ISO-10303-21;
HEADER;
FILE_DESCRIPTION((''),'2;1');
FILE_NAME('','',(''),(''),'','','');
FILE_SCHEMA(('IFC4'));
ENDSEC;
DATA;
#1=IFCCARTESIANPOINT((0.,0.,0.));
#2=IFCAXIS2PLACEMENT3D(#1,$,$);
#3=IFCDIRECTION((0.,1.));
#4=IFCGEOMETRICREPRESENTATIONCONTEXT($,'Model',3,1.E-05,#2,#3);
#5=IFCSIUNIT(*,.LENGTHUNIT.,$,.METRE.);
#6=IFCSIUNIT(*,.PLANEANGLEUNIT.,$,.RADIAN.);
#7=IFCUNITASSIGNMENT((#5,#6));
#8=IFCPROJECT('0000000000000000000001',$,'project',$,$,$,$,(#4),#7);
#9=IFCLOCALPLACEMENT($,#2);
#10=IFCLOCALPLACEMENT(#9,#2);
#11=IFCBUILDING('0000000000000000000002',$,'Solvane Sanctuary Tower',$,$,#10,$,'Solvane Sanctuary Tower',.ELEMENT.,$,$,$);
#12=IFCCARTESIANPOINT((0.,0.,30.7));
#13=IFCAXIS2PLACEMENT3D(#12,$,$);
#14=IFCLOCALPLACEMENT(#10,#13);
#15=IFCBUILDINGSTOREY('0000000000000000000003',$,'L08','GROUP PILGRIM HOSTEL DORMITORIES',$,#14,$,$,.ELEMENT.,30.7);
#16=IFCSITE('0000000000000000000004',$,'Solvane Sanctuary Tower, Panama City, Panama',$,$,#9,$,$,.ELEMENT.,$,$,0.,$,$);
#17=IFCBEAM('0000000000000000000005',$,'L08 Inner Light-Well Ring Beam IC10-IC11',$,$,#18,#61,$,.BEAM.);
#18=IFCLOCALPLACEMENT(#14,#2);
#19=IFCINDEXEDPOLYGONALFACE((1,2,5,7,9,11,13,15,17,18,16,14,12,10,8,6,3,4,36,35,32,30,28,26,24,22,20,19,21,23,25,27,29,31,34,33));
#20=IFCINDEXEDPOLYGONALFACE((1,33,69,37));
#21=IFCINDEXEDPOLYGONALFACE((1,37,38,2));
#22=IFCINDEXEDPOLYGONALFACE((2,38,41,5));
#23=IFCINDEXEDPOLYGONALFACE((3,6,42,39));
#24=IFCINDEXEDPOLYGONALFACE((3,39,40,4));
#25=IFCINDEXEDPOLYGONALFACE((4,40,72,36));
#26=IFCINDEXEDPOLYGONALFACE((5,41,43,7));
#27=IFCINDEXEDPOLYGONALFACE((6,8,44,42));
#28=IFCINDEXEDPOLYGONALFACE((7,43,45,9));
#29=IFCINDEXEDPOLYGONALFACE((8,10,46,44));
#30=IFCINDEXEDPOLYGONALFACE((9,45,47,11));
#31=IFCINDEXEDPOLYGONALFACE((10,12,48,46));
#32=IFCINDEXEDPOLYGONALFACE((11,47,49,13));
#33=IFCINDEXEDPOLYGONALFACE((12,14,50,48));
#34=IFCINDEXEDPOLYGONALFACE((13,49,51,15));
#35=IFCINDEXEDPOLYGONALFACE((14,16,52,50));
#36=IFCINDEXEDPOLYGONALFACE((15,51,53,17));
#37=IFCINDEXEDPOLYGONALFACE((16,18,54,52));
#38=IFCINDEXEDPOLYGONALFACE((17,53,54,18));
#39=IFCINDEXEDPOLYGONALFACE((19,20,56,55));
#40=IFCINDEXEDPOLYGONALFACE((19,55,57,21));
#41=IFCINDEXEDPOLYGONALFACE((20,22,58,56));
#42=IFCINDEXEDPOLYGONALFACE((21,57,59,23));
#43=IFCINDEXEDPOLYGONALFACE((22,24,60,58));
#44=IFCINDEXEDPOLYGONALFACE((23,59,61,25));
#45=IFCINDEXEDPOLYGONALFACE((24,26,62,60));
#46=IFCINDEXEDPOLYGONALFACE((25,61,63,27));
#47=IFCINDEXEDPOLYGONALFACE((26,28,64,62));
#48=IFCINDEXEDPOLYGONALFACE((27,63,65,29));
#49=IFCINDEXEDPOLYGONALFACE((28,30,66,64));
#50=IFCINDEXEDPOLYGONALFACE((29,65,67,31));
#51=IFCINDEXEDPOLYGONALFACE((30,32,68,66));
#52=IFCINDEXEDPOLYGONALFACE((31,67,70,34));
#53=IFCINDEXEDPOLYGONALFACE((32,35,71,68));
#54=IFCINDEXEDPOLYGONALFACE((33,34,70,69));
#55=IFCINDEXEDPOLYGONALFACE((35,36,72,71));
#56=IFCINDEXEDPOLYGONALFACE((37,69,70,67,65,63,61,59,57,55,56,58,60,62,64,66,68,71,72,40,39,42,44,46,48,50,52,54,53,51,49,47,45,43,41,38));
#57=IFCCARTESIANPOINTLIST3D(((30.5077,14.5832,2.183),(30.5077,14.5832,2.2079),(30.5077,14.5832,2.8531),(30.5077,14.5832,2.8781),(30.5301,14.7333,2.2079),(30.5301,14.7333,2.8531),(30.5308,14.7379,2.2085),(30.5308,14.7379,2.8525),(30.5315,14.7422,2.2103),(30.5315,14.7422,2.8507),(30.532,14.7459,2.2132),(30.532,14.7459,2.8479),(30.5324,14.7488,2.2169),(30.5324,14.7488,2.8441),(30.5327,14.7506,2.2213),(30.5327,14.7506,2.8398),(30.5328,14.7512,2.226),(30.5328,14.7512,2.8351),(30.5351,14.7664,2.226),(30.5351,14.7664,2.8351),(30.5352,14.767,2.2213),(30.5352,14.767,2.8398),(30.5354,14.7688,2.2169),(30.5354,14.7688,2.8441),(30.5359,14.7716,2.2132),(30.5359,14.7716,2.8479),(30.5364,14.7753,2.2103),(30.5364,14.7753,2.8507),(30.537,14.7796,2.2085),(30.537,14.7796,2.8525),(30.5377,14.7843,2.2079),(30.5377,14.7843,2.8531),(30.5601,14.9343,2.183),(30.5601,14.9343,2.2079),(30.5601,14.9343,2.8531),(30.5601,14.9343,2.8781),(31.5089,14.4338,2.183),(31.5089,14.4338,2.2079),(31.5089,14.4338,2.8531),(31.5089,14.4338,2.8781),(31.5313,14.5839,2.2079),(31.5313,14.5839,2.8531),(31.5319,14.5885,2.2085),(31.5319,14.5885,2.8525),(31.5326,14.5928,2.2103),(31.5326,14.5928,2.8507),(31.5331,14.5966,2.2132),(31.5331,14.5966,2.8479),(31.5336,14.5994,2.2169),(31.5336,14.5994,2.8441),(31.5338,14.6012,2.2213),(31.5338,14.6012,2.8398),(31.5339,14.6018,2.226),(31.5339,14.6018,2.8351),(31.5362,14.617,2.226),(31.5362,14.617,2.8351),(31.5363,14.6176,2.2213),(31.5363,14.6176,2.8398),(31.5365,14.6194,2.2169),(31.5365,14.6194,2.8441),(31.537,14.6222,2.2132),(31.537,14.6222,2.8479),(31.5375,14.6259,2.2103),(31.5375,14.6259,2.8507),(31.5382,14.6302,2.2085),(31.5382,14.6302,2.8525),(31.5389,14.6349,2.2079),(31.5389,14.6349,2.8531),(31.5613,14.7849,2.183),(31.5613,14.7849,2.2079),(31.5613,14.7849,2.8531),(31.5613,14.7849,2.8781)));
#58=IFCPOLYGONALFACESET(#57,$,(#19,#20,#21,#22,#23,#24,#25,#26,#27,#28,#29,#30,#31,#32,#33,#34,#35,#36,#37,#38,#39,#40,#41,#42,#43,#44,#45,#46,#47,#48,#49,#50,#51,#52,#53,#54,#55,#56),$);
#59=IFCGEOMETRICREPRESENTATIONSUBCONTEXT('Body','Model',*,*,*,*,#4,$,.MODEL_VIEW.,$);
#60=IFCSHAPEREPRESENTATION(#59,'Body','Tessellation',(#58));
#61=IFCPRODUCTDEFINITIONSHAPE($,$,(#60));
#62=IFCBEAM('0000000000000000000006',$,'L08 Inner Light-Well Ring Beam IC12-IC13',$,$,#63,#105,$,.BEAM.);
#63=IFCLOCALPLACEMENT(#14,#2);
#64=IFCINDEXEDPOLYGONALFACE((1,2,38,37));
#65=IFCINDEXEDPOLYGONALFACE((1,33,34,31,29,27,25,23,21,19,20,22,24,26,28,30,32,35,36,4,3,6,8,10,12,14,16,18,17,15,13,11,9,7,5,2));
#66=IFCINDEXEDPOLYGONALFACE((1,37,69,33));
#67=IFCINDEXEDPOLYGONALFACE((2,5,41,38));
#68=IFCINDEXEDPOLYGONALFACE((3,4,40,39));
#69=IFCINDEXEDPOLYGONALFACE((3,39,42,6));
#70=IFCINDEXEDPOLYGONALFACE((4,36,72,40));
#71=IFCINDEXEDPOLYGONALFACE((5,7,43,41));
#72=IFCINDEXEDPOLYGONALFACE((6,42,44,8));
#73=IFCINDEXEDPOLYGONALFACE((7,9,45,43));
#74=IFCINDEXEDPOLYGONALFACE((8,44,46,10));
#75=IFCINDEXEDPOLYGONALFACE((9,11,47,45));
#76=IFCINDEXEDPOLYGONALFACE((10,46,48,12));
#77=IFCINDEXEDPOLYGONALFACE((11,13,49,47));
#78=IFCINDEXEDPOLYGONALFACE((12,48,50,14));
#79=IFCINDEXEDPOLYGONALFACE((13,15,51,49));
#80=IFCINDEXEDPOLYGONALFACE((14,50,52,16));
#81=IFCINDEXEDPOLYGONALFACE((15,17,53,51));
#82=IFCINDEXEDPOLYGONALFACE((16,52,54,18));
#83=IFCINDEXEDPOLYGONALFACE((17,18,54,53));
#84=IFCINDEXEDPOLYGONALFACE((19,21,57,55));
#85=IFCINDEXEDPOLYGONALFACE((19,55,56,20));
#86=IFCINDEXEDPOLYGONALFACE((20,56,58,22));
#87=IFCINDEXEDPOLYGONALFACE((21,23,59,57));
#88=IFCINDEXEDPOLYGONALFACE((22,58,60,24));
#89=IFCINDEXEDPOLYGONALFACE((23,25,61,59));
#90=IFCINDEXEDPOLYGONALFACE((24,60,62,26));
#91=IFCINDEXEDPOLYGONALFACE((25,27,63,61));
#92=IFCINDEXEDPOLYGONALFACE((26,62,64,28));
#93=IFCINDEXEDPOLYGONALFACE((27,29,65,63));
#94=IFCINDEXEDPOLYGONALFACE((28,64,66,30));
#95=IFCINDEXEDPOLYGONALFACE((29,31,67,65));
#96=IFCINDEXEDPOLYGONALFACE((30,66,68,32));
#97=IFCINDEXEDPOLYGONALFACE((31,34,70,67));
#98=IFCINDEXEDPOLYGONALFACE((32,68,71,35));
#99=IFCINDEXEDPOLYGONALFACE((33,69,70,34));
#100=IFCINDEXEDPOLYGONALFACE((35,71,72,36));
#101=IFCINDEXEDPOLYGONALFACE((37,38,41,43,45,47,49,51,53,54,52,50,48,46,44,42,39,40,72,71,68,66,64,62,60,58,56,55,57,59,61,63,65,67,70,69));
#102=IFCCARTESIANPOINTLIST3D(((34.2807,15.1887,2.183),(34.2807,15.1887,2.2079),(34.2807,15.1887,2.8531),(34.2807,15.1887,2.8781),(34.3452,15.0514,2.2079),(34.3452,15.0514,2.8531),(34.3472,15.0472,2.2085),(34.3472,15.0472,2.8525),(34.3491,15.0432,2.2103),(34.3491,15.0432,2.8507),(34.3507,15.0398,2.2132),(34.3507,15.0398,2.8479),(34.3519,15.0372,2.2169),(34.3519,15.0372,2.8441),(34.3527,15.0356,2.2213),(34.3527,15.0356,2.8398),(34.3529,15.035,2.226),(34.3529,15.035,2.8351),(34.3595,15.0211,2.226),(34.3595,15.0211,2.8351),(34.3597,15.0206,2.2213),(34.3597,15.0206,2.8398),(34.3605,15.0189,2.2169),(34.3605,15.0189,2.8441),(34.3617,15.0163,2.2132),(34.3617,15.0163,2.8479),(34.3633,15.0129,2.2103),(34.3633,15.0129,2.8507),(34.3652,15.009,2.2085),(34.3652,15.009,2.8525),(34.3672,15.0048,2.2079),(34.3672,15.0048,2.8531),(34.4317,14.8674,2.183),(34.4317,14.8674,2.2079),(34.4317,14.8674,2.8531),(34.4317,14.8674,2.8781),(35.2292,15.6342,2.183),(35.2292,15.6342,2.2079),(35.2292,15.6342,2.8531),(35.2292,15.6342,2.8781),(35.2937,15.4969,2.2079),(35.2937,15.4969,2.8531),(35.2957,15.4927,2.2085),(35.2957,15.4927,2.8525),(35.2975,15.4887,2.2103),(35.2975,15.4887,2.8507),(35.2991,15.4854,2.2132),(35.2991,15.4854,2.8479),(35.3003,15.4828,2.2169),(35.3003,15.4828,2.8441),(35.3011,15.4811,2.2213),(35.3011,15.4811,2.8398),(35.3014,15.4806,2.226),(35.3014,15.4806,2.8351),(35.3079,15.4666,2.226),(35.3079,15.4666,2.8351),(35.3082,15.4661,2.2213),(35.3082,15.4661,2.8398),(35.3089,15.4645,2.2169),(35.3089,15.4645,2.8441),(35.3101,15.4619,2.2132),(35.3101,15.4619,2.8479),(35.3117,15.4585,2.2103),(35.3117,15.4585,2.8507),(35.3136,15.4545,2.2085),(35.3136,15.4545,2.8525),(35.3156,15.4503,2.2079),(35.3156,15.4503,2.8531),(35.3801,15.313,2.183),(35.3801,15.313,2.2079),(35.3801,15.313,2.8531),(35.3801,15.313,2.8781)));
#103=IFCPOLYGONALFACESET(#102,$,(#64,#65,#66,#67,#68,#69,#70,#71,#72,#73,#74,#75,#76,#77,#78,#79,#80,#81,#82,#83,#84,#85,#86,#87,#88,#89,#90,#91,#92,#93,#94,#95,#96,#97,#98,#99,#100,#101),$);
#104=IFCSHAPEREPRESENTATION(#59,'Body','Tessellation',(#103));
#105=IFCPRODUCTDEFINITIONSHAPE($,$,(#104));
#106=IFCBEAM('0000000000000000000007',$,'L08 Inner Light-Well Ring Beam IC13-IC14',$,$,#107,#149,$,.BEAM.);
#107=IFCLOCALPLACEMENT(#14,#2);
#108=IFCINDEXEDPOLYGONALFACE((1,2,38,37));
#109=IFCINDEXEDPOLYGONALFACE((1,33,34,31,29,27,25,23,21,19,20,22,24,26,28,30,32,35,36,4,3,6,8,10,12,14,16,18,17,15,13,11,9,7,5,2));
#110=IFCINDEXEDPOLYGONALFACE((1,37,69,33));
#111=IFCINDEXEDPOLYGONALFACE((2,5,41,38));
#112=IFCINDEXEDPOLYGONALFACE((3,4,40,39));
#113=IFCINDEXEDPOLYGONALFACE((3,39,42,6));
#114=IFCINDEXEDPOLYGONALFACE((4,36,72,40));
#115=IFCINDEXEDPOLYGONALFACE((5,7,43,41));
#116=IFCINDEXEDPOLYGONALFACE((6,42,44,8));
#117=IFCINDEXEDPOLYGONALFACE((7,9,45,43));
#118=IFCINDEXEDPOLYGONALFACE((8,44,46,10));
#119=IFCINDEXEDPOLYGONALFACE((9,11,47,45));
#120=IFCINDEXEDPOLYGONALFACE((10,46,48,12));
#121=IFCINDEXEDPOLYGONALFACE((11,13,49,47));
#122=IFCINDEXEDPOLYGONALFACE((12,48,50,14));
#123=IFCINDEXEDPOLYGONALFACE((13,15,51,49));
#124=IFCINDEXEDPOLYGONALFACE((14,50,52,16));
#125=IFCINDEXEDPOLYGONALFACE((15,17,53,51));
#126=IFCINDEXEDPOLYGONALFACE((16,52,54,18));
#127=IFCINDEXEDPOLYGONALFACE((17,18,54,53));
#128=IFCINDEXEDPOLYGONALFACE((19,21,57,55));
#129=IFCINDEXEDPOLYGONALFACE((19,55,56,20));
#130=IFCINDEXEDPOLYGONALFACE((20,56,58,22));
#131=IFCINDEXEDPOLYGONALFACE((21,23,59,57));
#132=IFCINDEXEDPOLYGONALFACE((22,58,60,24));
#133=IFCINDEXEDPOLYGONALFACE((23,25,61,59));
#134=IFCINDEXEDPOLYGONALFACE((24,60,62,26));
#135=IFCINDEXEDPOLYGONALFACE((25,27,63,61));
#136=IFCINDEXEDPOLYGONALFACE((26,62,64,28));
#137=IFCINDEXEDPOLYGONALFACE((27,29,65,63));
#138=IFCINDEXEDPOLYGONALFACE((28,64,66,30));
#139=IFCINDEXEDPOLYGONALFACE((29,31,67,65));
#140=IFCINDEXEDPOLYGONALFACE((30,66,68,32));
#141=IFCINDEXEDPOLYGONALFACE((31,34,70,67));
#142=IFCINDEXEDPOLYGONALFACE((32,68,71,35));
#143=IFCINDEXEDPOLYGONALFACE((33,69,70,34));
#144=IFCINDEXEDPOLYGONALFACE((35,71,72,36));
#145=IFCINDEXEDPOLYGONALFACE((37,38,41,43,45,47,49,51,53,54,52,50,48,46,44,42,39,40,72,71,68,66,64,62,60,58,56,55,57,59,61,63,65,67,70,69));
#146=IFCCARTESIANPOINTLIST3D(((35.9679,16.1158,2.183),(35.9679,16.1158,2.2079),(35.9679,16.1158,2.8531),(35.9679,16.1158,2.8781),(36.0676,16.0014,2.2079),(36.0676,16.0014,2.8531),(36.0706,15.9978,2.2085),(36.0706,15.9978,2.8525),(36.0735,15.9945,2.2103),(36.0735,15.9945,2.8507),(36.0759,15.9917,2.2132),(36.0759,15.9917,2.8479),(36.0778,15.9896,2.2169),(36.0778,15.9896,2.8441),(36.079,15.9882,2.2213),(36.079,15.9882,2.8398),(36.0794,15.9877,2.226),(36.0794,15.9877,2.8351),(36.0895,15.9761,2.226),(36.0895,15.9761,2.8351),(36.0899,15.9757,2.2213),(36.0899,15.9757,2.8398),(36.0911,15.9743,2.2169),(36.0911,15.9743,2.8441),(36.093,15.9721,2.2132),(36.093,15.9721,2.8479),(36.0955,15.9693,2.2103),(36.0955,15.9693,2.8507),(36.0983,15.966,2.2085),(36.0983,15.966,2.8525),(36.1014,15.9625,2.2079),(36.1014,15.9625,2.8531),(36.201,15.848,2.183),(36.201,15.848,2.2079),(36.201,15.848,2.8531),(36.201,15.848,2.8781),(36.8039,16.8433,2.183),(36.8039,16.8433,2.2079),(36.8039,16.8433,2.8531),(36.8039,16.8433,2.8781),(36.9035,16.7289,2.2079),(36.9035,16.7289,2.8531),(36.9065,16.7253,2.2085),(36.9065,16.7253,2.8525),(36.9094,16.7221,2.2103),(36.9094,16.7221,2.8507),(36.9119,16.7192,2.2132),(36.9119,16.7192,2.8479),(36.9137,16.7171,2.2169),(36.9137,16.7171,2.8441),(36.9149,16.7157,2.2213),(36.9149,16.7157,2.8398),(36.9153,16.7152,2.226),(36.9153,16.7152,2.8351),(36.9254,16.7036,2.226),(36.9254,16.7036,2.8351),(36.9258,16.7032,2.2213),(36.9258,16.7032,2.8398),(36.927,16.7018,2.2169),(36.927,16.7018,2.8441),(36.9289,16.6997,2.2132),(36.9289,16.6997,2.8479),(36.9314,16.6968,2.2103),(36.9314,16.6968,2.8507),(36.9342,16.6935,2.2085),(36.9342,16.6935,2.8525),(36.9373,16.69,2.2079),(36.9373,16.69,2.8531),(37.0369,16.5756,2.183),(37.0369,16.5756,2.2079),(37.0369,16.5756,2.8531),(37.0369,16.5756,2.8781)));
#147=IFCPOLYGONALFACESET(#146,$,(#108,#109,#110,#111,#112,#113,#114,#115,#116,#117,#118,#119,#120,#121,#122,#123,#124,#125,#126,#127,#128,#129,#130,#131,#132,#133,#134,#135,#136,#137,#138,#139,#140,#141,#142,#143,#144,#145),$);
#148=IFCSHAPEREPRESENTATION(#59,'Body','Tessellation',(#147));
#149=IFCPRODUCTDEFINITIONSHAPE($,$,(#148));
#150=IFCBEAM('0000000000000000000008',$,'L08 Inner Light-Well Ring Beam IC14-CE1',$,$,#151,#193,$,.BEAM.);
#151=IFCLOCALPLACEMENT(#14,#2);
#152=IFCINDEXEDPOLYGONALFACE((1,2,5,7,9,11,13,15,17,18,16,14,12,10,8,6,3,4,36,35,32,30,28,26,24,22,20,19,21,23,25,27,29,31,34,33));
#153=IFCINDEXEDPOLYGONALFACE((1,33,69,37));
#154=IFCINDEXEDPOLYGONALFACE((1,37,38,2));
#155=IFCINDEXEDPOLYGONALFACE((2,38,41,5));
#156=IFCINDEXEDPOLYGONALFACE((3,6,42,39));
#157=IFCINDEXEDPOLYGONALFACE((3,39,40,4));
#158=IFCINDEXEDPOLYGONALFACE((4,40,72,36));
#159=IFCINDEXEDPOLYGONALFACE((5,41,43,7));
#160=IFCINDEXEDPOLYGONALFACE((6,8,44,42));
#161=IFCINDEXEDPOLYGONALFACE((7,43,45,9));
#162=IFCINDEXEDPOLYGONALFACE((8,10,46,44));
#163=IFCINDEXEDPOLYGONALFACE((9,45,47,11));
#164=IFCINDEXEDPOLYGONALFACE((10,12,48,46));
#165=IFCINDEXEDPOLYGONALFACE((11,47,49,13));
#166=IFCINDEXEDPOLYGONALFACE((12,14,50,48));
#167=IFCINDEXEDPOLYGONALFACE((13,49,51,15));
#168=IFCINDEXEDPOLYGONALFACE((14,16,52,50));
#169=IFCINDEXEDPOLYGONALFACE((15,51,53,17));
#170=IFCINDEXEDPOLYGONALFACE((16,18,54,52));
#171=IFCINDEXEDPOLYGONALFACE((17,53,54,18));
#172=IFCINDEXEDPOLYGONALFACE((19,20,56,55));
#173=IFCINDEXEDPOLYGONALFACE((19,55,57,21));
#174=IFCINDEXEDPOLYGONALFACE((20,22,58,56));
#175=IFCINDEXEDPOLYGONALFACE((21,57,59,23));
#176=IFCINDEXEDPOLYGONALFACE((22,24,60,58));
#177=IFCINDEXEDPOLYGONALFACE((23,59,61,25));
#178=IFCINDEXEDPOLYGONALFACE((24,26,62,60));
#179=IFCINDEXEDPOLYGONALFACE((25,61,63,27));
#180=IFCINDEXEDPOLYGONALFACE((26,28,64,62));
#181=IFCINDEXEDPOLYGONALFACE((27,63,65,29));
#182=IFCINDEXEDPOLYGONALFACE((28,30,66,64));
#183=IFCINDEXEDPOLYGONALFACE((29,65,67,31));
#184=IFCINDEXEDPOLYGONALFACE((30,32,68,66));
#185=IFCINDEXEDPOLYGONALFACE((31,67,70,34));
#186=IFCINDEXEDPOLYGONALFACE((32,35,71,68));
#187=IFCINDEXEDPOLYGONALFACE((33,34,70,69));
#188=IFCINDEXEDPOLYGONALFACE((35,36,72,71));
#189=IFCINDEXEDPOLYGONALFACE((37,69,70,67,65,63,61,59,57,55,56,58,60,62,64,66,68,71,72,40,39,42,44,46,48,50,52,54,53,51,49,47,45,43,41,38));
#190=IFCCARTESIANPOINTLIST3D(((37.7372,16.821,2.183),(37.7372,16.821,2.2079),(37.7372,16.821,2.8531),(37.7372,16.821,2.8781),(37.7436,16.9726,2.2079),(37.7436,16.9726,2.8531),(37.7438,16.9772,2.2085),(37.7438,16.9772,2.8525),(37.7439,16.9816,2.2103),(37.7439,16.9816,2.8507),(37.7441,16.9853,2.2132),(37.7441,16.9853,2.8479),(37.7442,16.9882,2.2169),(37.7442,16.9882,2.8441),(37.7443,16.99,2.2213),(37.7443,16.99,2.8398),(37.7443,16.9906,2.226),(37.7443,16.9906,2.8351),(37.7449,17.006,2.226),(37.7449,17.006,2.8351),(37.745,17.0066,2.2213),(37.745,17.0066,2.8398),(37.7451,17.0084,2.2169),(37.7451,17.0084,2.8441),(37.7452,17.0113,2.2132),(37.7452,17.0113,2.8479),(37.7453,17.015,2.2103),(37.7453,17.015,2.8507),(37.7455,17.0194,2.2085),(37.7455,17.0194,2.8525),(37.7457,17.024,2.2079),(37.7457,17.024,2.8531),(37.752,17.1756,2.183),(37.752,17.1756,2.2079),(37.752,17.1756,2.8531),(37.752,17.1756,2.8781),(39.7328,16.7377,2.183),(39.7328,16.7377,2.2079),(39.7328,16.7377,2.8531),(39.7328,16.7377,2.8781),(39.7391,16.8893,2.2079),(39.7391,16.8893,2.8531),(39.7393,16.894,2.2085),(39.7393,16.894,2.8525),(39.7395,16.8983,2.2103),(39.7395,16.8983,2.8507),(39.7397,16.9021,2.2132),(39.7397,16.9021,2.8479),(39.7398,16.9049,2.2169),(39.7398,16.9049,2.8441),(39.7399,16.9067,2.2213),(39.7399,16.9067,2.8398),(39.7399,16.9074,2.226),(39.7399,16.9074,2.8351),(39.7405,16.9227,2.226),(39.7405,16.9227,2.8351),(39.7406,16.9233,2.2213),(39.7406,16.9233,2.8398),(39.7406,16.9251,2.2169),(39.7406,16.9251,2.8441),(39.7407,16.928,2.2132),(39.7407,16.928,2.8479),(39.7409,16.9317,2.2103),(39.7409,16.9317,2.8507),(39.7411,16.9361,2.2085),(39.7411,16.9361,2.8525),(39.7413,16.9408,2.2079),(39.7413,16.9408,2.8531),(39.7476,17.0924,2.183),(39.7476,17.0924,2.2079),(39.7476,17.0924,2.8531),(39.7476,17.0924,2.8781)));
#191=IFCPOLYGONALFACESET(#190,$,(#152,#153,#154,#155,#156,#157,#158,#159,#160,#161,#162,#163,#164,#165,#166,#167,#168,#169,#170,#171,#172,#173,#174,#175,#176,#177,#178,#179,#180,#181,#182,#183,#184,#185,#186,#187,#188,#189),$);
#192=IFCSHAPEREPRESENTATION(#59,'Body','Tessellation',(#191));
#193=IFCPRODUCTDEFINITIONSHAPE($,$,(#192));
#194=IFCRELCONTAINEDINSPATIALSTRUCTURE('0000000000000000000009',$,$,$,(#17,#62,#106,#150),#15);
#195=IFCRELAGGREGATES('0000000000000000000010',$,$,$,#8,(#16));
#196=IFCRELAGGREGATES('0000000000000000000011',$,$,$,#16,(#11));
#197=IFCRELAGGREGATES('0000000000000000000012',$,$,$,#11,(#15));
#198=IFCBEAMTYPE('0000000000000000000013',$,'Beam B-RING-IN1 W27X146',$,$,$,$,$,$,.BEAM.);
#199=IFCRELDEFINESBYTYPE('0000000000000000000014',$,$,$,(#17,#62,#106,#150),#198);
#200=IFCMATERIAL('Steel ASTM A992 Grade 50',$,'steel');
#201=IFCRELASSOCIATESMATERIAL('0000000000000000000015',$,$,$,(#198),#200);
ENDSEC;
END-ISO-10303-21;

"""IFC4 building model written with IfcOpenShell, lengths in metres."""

from ifc_helpers import new_model, si_unit, direction, frame, origin, origin_2d, place, context, subcontext, project, spatial, i_section, extrude, material, material_profile, profile_set, type_object, element, save


model = new_model("IFC4")

# Units and contexts
model_context = context("Model", 3, precision=1e-05, world=origin(), true_north=direction((0.0, 1.0)))
body_context = subcontext(model_context, "Body", "Model", "MODEL_VIEW")
ifc_project = project(units=[si_unit("LENGTHUNIT", "METRE"), si_unit("PLANEANGLEUNIT", "RADIAN")], contexts=[model_context])

# Site, building, storey
site_placement = place(None, origin())
site = spatial("IfcSite", under=ifc_project, at=site_placement, Name="Solvane Sanctuary Tower, Panama City, Panama", CompositionType="ELEMENT", RefElevation=0.0)
building_placement = place(site_placement, origin())
building = spatial("IfcBuilding", under=site, at=building_placement, Name="Solvane Sanctuary Tower", LongName="Solvane Sanctuary Tower", CompositionType="ELEMENT")
storey_placement = place(building_placement, frame((0.0, 0.0, 30.7)))
storey = spatial("IfcBuildingStorey", under=building, at=storey_placement, Name="L08", Description="GROUP PILGRIM HOSTEL DORMITORIES", CompositionType="ELEMENT", Elevation=30.7)

# Beams
ifc_material_1 = material(Name="Steel ASTM A992 Grade 50", Category="steel")
ifc_material_profile_1 = material_profile(ifc_material_1, i_section(OverallWidth=0.355, OverallDepth=0.6951, WebThickness=0.0154, FlangeThickness=0.0249, FilletRadius=0.0181, at=origin_2d()), Name="W27X146")
ifc_profile_set_1 = profile_set([ifc_material_profile_1], Name="Steel ASTM A992 Grade 50")
beam_type_1 = type_object("IfcBeamType", Name="Beam B-RING-IN1 W27X146", PredefinedType="BEAM", material=ifc_profile_set_1)
beam_1_placement = place(storey_placement, frame((30.5339, 14.7588, 2.5305), z_axis=(0.989048, -0.147597, 0.0), x_axis=(0.147597, 0.989048, 0.0)))
element("IfcBeam", 1, at=beam_1_placement, inside=storey, type_object=beam_type_1, Name="L08 Inner Light-Well Ring Beam IC10-IC11", PredefinedType="BEAM", context=body_context, shape_type="SweptSolid", body=[
    extrude(i_section(OverallWidth=0.355, OverallDepth=0.6951, WebThickness=0.0154, FlangeThickness=0.0249, FilletRadius=0.0181, at=origin_2d()), origin(), (0.0, 0.0, 1.0), 1.0122),
])
beam_2_placement = place(storey_placement, frame((34.3562, 15.0281, 2.5305), z_axis=(0.905109, 0.42518, 0.0), x_axis=(-0.42518, 0.905109, 0.0)))
element("IfcBeam", 2, at=beam_2_placement, inside=storey, type_object=beam_type_1, Name="L08 Inner Light-Well Ring Beam IC12-IC13", PredefinedType="BEAM", context=body_context, shape_type="SweptSolid", body=[
    extrude(i_section(OverallWidth=0.355, OverallDepth=0.6951, WebThickness=0.0154, FlangeThickness=0.0249, FilletRadius=0.0181, at=origin_2d()), origin(), (0.0, 0.0, 1.0), 1.0479),
])
beam_3_placement = place(storey_placement, frame((36.0845, 15.9819, 2.5305), z_axis=(0.754321, 0.656506, 0.0), x_axis=(-0.656506, 0.754321, 0.0)))
element("IfcBeam", 3, at=beam_3_placement, inside=storey, type_object=beam_type_1, Name="L08 Inner Light-Well Ring Beam IC13-IC14", PredefinedType="BEAM", context=body_context, shape_type="SweptSolid", body=[
    extrude(i_section(OverallWidth=0.355, OverallDepth=0.6951, WebThickness=0.0154, FlangeThickness=0.0249, FilletRadius=0.0181, at=origin_2d()), origin(), (0.0, 0.0, 1.0), 1.1082),
])
beam_4_placement = place(storey_placement, frame((37.7446, 16.9983, 2.5305), z_axis=(0.999131, -0.041681, 0.0), x_axis=(0.041681, 0.999131, 0.0)))
element("IfcBeam", 4, at=beam_4_placement, inside=storey, type_object=beam_type_1, Name="L08 Inner Light-Well Ring Beam IC14-CE1", PredefinedType="BEAM", context=body_context, shape_type="SweptSolid", body=[
    extrude(i_section(OverallWidth=0.355, OverallDepth=0.6951, WebThickness=0.0154, FlangeThickness=0.0249, FilletRadius=0.0181, at=origin_2d()), origin(), (0.0, 0.0, 1.0), 1.9973),
])

save(model, "model.ifc")
